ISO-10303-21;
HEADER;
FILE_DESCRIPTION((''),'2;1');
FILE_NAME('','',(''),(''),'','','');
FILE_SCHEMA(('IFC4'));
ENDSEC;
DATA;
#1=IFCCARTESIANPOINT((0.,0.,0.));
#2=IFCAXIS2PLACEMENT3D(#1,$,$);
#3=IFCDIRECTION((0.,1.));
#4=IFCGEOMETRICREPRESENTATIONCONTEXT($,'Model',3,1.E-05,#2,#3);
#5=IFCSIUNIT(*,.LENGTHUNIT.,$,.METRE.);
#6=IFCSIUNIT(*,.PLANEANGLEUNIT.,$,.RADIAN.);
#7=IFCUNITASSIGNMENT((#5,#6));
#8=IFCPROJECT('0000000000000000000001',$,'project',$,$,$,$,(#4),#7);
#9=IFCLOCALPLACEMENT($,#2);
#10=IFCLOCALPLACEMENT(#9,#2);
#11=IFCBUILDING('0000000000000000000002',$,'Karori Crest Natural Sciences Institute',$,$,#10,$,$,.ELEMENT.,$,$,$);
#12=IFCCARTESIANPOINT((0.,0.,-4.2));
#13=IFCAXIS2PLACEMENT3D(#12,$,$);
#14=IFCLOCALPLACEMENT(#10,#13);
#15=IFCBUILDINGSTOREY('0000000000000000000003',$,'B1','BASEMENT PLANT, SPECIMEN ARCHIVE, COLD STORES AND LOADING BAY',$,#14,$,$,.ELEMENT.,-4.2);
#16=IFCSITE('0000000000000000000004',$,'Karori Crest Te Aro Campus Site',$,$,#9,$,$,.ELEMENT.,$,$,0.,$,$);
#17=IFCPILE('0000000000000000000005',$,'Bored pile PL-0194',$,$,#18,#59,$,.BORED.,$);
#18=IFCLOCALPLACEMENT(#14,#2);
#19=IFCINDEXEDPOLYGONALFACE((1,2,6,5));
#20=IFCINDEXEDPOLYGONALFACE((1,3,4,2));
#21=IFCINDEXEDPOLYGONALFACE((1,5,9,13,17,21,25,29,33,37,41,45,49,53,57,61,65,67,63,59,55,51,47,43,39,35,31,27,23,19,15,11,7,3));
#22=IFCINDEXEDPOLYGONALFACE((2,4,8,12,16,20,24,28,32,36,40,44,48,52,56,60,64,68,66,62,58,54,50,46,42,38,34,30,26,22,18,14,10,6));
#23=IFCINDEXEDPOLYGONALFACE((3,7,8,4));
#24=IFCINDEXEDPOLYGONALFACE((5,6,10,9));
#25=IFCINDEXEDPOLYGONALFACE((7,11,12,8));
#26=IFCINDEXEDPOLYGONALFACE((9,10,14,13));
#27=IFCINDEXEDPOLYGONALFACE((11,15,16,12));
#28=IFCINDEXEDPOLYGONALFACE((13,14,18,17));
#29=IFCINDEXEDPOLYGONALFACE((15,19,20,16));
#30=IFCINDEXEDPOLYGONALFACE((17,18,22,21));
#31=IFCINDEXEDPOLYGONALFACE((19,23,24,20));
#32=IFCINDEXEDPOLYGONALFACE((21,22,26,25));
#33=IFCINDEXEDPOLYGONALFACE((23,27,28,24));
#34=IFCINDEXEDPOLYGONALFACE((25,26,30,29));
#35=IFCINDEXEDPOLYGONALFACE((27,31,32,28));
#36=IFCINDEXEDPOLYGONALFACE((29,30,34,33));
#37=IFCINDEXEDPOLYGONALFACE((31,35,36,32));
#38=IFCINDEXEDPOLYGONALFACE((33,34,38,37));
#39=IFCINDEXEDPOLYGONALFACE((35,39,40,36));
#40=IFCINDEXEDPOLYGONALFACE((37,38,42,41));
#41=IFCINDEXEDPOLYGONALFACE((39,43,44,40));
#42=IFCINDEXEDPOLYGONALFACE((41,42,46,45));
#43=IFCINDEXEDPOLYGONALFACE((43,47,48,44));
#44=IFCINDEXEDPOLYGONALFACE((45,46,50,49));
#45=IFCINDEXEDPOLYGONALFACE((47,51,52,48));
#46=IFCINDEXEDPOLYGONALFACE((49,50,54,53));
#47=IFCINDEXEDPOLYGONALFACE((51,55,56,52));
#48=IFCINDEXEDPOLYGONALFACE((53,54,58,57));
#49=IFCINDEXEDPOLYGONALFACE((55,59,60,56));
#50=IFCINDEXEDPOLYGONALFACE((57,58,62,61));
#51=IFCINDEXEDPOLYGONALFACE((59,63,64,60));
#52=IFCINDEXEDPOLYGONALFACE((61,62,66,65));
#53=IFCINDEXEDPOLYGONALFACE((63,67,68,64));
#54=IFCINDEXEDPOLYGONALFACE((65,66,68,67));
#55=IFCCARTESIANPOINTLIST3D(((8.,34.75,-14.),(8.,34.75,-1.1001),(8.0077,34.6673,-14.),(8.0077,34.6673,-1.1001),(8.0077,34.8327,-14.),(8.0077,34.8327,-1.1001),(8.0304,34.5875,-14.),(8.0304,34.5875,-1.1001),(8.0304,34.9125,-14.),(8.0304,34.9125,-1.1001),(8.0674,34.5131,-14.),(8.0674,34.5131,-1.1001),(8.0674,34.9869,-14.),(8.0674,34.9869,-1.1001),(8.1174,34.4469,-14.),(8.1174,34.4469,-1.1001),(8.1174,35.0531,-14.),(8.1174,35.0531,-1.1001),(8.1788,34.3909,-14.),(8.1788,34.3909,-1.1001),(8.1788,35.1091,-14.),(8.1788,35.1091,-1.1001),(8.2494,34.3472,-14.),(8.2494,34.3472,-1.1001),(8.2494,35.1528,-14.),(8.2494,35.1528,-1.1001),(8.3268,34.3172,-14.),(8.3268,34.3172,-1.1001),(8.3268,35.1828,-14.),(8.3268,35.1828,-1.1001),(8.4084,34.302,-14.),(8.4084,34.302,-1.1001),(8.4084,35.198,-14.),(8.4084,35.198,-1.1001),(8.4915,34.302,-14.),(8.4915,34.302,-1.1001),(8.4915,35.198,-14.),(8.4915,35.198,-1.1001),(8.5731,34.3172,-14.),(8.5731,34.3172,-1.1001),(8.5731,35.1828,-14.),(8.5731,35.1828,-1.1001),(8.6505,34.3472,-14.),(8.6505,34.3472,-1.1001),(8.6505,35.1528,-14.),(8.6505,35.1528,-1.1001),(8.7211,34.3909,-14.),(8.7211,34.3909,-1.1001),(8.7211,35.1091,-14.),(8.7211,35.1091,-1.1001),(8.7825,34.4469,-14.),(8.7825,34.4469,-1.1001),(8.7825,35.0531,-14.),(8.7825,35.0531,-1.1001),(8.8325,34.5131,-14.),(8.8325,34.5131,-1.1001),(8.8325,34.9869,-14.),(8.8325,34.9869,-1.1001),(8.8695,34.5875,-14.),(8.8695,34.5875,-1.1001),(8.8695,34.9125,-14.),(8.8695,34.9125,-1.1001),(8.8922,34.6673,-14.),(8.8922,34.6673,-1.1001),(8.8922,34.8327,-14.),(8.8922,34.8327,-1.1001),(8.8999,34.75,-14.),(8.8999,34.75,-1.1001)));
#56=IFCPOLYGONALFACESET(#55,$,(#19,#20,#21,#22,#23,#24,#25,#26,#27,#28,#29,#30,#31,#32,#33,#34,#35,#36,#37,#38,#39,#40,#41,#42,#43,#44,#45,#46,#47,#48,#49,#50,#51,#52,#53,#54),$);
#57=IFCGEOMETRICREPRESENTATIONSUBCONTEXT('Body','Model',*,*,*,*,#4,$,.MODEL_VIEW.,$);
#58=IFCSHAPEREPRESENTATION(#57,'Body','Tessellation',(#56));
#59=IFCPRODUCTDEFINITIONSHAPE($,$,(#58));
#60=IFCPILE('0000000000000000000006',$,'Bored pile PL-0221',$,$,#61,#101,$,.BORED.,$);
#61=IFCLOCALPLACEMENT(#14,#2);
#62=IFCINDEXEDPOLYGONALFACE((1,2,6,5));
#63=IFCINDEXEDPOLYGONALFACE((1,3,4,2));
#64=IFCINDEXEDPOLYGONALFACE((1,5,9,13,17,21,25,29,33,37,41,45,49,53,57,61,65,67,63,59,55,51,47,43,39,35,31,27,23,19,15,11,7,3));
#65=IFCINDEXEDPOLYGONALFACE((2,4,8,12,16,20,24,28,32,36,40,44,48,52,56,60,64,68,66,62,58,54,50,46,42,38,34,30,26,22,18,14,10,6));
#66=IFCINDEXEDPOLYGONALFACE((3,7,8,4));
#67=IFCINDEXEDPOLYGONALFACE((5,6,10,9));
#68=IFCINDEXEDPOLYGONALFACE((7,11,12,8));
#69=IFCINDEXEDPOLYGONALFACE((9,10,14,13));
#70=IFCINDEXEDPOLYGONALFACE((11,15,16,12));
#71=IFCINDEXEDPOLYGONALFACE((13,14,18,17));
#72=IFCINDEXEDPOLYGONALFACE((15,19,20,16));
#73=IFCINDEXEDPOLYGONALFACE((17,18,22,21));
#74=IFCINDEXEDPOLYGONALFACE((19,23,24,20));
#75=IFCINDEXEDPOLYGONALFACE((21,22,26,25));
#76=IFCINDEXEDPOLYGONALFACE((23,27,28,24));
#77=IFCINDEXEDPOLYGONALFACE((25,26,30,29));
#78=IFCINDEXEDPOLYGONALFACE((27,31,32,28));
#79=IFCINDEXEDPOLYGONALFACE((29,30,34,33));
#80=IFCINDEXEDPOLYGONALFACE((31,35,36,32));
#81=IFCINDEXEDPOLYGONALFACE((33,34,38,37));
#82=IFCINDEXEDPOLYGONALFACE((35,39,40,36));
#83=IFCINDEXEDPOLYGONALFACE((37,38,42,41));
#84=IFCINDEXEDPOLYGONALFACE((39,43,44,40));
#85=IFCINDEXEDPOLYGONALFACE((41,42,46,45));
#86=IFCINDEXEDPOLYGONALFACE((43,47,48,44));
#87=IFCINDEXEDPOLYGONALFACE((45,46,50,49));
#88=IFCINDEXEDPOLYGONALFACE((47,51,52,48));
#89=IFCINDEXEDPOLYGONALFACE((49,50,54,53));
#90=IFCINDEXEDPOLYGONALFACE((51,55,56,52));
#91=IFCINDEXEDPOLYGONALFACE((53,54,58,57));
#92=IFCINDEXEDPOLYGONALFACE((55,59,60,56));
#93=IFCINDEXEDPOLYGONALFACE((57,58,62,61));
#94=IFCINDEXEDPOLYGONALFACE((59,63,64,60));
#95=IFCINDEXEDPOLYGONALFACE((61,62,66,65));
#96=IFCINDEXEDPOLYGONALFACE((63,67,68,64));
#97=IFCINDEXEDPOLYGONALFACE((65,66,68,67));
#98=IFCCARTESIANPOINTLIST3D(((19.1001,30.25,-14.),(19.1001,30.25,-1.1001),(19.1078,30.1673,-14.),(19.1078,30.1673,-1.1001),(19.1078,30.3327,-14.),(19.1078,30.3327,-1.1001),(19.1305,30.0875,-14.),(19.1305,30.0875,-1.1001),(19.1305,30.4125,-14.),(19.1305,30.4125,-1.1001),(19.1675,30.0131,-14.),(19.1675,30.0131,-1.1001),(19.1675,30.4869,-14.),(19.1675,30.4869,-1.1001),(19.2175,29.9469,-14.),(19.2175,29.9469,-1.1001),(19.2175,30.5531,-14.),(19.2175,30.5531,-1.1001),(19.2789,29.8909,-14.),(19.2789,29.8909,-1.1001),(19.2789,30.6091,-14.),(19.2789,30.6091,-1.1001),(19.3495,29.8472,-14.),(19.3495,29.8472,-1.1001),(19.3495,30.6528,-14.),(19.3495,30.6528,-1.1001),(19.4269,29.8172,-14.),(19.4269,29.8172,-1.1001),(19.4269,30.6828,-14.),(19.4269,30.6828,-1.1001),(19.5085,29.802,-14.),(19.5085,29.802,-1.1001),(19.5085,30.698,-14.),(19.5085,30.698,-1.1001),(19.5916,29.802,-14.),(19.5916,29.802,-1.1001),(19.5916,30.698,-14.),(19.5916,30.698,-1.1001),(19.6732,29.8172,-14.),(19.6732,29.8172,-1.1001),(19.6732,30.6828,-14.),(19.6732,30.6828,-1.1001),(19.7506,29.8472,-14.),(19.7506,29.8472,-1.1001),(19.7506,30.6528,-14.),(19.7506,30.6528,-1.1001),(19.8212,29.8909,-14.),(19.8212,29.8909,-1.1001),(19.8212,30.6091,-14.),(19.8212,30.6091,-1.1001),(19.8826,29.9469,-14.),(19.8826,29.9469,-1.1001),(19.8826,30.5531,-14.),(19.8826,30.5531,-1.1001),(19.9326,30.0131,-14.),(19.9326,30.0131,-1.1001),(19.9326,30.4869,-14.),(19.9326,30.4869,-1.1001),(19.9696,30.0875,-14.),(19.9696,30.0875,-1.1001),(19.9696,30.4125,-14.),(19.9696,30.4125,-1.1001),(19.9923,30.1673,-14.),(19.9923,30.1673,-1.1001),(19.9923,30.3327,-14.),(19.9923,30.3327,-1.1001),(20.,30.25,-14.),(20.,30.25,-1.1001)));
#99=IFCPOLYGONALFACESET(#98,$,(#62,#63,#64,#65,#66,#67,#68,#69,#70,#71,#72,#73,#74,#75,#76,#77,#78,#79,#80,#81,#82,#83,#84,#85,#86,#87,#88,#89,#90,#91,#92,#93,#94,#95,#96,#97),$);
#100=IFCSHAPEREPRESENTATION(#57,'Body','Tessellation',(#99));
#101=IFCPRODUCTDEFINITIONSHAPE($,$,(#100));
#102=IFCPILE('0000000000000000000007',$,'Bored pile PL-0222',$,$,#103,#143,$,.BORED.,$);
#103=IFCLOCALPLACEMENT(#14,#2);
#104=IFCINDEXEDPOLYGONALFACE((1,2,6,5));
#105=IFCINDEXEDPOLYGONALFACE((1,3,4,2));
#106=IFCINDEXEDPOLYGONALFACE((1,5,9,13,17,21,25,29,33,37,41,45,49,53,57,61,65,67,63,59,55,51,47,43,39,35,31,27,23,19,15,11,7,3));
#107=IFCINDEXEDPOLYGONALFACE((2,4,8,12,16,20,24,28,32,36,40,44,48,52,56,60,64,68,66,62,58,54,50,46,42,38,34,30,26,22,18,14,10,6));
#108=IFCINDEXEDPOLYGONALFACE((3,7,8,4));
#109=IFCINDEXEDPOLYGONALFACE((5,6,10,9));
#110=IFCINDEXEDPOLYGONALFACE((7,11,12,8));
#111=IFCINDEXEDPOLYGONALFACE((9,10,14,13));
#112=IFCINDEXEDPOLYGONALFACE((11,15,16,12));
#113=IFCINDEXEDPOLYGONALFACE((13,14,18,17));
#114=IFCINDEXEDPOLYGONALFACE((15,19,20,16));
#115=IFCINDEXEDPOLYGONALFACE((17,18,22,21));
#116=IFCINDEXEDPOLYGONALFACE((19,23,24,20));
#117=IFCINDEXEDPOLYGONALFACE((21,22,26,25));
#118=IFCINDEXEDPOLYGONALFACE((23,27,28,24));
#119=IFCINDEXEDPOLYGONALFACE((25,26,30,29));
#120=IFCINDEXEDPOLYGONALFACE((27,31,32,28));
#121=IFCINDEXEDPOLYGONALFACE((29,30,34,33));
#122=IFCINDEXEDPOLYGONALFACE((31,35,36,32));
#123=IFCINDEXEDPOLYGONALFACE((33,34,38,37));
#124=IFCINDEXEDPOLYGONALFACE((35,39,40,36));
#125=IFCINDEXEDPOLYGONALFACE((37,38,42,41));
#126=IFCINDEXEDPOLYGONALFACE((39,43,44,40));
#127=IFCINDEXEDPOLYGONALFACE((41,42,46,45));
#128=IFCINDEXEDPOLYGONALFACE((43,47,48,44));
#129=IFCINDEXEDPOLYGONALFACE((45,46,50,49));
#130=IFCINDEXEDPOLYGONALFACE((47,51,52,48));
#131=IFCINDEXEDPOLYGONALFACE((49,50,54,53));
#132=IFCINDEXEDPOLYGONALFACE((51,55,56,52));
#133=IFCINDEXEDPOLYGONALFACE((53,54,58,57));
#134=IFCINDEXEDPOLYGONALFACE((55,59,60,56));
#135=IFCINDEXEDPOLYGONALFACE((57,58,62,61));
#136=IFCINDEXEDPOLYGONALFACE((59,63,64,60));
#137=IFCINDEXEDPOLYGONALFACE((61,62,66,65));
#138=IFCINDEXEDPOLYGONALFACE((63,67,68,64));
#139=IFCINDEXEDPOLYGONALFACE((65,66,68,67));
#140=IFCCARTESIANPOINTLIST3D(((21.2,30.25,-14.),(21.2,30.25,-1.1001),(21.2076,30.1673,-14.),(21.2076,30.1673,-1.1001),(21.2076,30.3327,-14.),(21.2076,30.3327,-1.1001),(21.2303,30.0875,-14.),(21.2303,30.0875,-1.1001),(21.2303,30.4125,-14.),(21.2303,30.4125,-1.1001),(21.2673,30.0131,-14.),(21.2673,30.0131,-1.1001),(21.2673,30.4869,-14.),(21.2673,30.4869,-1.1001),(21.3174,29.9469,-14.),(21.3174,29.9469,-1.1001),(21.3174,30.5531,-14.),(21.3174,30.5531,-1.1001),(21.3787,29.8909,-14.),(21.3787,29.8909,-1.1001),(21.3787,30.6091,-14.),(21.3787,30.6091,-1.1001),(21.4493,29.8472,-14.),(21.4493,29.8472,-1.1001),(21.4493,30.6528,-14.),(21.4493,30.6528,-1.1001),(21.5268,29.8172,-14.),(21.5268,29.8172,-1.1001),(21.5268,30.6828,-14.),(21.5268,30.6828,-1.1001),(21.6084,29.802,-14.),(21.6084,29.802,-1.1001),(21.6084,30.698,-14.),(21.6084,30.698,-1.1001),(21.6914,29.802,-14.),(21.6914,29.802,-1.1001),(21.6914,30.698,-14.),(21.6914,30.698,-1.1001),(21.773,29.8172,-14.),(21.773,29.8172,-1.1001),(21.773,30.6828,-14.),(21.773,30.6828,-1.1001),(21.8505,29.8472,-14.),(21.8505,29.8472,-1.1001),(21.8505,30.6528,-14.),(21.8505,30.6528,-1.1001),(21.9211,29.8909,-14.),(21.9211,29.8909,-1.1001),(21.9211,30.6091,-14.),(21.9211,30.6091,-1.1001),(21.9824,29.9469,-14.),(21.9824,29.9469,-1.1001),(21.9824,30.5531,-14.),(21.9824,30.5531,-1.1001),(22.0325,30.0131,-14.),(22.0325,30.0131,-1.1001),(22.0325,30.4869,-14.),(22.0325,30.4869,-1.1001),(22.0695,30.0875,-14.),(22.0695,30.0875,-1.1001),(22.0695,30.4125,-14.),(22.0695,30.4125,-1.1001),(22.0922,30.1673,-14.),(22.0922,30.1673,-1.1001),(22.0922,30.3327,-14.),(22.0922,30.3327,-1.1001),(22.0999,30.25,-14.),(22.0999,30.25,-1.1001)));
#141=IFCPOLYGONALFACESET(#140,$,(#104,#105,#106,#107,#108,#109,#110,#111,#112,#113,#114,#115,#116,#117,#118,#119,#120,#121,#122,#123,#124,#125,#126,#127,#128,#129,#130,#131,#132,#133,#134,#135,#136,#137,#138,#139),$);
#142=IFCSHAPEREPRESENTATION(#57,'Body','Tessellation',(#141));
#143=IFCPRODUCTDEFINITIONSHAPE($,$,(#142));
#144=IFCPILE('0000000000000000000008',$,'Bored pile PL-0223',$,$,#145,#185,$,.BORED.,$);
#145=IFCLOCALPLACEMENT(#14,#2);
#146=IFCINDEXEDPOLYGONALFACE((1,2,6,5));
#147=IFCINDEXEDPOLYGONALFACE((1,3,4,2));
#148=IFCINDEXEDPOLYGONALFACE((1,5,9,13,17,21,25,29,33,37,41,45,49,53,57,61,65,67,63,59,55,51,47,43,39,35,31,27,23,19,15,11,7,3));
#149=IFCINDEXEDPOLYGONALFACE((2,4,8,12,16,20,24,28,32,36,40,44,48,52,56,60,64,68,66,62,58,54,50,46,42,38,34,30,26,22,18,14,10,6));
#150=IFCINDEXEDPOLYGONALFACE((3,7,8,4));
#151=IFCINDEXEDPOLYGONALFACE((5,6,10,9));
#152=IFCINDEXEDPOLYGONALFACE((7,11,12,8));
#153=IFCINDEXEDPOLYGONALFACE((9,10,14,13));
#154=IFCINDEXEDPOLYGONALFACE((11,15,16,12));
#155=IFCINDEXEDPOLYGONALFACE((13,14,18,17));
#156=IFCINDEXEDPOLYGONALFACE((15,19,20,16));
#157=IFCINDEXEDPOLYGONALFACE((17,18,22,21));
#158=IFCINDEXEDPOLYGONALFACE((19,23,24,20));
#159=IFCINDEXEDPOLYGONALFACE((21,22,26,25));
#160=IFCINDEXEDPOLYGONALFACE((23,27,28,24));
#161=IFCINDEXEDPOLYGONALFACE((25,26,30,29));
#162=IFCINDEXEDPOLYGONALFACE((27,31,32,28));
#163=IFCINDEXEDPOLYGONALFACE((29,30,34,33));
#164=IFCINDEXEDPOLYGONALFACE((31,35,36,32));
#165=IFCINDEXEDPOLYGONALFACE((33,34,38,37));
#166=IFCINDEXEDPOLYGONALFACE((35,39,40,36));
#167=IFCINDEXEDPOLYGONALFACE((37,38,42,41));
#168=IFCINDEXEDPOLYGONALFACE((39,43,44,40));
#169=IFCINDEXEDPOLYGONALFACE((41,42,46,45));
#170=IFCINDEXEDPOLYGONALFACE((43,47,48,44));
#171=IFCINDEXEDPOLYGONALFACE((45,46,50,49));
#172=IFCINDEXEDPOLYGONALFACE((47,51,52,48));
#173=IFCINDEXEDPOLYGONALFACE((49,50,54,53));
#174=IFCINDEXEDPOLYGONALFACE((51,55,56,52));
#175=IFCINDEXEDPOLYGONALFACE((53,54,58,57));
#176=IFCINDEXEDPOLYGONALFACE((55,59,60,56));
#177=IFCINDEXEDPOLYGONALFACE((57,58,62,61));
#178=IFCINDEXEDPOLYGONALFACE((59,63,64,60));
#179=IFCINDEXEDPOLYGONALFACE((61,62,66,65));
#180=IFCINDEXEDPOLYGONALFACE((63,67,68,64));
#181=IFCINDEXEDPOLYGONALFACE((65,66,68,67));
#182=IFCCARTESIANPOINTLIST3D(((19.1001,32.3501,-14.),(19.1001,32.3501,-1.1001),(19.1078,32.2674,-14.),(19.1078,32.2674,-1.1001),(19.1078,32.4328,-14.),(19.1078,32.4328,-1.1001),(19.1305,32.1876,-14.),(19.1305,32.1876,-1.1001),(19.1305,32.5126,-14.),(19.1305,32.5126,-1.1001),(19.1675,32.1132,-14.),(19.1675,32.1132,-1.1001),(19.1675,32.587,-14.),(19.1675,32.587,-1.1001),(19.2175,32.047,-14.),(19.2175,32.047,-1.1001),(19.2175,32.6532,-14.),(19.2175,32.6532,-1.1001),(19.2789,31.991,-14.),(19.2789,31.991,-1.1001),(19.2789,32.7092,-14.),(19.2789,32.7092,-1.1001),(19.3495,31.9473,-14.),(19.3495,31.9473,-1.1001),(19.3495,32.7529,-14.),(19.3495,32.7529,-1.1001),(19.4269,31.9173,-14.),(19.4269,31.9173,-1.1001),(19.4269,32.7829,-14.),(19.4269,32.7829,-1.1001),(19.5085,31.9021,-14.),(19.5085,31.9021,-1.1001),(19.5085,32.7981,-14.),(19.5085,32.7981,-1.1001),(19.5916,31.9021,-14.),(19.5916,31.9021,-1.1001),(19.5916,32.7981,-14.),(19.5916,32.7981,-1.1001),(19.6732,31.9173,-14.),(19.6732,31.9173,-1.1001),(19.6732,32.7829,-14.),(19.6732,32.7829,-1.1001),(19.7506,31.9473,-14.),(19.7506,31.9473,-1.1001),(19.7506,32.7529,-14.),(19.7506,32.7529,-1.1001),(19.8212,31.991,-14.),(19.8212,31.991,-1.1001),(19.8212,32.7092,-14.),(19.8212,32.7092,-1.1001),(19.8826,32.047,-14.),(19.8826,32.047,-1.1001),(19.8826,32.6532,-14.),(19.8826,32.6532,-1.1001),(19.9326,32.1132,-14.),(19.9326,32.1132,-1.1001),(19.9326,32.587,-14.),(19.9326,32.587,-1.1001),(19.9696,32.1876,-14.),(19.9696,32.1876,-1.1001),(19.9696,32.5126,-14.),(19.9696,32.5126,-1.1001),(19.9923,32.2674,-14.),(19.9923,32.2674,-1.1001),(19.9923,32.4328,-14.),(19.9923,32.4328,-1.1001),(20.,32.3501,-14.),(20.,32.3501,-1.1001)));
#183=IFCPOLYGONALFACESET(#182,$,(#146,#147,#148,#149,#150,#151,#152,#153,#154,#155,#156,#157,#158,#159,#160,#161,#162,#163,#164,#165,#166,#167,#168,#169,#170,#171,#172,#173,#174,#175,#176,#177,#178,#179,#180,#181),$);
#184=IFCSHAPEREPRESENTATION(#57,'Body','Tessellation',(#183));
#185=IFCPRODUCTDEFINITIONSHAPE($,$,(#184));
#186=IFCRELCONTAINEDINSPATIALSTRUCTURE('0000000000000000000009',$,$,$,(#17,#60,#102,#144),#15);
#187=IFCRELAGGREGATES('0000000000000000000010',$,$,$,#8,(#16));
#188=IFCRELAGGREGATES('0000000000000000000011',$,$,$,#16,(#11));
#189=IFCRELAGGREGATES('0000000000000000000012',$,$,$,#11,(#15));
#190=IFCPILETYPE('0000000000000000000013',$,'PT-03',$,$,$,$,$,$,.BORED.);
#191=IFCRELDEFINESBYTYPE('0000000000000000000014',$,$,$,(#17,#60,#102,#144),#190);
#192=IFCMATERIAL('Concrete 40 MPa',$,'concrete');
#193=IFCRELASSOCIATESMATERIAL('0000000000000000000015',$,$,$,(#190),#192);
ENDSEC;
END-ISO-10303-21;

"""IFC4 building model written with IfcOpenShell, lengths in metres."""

from ifc_helpers import new_model, si_unit, direction, frame, origin, origin_2d, place, context, subcontext, project, spatial, circle, extrude, material, material_profile, profile_set, type_object, element, save


model = new_model("IFC4")

# Units and contexts
model_context = context("Model", 3, precision=1e-05, world=origin(), true_north=direction((0.0, 1.0)))
body_context = subcontext(model_context, "Body", "Model", "MODEL_VIEW")
ifc_project = project(units=[si_unit("LENGTHUNIT", "METRE"), si_unit("PLANEANGLEUNIT", "RADIAN")], contexts=[model_context])

# Site, building, storey
site_placement = place(None, origin())
site = spatial("IfcSite", under=ifc_project, at=site_placement, Name="Karori Crest Te Aro Campus Site", CompositionType="ELEMENT", RefElevation=0.0)
building_placement = place(site_placement, origin())
building = spatial("IfcBuilding", under=site, at=building_placement, Name="Karori Crest Natural Sciences Institute", CompositionType="ELEMENT")
storey_placement = place(building_placement, frame((0.0, 0.0, -4.2)))
storey = spatial("IfcBuildingStorey", under=building, at=storey_placement, Name="B1", Description="BASEMENT PLANT, SPECIMEN ARCHIVE, COLD STORES AND LOADING BAY", CompositionType="ELEMENT", Elevation=-4.2)

# Shared definitions
ifc_material_1 = material(Name="Concrete 40 MPa", Category="concrete")

# Piles
ifc_material_profile_1 = material_profile(ifc_material_1, circle(Radius=0.45, at=origin_2d()), Name="PILE900")
ifc_profile_set_1 = profile_set([ifc_material_profile_1], Name="Concrete 40 MPa")
pile_type_1 = type_object("IfcPileType", Name="PT-03", PredefinedType="BORED", material=ifc_profile_set_1)
for number, where, z_axis, x_axis, name in (
    (1, (8.45, 34.75, -1.1001), (0.0, 0.0, -1.0), (1.0, 0.0, 0.0), "Bored pile PL-0194"),
    (2, (19.55, 30.25, -1.1001), (0.0, 0.0, -1.0), (1.0, 0.0, 0.0), "Bored pile PL-0221"),
    (3, (21.6499, 30.25, -1.1001), (0.0, 0.0, -1.0), (1.0, 0.0, 0.0), "Bored pile PL-0222"),
    (4, (19.55, 32.3501, -1.1001), (0.0, 0.0, -1.0), (1.0, 0.0, 0.0), "Bored pile PL-0223"),
):
    element("IfcPile", number, at=place(storey_placement, frame(where, z_axis=z_axis, x_axis=x_axis)), inside=storey, type_object=pile_type_1, Name=name, PredefinedType="BORED", context=body_context, shape_type="SweptSolid", body=[
        extrude(circle(Radius=0.45, at=origin_2d()), origin(), (0.0, 0.0, 1.0), 12.8999),
    ])

save(model, "model.ifc")
